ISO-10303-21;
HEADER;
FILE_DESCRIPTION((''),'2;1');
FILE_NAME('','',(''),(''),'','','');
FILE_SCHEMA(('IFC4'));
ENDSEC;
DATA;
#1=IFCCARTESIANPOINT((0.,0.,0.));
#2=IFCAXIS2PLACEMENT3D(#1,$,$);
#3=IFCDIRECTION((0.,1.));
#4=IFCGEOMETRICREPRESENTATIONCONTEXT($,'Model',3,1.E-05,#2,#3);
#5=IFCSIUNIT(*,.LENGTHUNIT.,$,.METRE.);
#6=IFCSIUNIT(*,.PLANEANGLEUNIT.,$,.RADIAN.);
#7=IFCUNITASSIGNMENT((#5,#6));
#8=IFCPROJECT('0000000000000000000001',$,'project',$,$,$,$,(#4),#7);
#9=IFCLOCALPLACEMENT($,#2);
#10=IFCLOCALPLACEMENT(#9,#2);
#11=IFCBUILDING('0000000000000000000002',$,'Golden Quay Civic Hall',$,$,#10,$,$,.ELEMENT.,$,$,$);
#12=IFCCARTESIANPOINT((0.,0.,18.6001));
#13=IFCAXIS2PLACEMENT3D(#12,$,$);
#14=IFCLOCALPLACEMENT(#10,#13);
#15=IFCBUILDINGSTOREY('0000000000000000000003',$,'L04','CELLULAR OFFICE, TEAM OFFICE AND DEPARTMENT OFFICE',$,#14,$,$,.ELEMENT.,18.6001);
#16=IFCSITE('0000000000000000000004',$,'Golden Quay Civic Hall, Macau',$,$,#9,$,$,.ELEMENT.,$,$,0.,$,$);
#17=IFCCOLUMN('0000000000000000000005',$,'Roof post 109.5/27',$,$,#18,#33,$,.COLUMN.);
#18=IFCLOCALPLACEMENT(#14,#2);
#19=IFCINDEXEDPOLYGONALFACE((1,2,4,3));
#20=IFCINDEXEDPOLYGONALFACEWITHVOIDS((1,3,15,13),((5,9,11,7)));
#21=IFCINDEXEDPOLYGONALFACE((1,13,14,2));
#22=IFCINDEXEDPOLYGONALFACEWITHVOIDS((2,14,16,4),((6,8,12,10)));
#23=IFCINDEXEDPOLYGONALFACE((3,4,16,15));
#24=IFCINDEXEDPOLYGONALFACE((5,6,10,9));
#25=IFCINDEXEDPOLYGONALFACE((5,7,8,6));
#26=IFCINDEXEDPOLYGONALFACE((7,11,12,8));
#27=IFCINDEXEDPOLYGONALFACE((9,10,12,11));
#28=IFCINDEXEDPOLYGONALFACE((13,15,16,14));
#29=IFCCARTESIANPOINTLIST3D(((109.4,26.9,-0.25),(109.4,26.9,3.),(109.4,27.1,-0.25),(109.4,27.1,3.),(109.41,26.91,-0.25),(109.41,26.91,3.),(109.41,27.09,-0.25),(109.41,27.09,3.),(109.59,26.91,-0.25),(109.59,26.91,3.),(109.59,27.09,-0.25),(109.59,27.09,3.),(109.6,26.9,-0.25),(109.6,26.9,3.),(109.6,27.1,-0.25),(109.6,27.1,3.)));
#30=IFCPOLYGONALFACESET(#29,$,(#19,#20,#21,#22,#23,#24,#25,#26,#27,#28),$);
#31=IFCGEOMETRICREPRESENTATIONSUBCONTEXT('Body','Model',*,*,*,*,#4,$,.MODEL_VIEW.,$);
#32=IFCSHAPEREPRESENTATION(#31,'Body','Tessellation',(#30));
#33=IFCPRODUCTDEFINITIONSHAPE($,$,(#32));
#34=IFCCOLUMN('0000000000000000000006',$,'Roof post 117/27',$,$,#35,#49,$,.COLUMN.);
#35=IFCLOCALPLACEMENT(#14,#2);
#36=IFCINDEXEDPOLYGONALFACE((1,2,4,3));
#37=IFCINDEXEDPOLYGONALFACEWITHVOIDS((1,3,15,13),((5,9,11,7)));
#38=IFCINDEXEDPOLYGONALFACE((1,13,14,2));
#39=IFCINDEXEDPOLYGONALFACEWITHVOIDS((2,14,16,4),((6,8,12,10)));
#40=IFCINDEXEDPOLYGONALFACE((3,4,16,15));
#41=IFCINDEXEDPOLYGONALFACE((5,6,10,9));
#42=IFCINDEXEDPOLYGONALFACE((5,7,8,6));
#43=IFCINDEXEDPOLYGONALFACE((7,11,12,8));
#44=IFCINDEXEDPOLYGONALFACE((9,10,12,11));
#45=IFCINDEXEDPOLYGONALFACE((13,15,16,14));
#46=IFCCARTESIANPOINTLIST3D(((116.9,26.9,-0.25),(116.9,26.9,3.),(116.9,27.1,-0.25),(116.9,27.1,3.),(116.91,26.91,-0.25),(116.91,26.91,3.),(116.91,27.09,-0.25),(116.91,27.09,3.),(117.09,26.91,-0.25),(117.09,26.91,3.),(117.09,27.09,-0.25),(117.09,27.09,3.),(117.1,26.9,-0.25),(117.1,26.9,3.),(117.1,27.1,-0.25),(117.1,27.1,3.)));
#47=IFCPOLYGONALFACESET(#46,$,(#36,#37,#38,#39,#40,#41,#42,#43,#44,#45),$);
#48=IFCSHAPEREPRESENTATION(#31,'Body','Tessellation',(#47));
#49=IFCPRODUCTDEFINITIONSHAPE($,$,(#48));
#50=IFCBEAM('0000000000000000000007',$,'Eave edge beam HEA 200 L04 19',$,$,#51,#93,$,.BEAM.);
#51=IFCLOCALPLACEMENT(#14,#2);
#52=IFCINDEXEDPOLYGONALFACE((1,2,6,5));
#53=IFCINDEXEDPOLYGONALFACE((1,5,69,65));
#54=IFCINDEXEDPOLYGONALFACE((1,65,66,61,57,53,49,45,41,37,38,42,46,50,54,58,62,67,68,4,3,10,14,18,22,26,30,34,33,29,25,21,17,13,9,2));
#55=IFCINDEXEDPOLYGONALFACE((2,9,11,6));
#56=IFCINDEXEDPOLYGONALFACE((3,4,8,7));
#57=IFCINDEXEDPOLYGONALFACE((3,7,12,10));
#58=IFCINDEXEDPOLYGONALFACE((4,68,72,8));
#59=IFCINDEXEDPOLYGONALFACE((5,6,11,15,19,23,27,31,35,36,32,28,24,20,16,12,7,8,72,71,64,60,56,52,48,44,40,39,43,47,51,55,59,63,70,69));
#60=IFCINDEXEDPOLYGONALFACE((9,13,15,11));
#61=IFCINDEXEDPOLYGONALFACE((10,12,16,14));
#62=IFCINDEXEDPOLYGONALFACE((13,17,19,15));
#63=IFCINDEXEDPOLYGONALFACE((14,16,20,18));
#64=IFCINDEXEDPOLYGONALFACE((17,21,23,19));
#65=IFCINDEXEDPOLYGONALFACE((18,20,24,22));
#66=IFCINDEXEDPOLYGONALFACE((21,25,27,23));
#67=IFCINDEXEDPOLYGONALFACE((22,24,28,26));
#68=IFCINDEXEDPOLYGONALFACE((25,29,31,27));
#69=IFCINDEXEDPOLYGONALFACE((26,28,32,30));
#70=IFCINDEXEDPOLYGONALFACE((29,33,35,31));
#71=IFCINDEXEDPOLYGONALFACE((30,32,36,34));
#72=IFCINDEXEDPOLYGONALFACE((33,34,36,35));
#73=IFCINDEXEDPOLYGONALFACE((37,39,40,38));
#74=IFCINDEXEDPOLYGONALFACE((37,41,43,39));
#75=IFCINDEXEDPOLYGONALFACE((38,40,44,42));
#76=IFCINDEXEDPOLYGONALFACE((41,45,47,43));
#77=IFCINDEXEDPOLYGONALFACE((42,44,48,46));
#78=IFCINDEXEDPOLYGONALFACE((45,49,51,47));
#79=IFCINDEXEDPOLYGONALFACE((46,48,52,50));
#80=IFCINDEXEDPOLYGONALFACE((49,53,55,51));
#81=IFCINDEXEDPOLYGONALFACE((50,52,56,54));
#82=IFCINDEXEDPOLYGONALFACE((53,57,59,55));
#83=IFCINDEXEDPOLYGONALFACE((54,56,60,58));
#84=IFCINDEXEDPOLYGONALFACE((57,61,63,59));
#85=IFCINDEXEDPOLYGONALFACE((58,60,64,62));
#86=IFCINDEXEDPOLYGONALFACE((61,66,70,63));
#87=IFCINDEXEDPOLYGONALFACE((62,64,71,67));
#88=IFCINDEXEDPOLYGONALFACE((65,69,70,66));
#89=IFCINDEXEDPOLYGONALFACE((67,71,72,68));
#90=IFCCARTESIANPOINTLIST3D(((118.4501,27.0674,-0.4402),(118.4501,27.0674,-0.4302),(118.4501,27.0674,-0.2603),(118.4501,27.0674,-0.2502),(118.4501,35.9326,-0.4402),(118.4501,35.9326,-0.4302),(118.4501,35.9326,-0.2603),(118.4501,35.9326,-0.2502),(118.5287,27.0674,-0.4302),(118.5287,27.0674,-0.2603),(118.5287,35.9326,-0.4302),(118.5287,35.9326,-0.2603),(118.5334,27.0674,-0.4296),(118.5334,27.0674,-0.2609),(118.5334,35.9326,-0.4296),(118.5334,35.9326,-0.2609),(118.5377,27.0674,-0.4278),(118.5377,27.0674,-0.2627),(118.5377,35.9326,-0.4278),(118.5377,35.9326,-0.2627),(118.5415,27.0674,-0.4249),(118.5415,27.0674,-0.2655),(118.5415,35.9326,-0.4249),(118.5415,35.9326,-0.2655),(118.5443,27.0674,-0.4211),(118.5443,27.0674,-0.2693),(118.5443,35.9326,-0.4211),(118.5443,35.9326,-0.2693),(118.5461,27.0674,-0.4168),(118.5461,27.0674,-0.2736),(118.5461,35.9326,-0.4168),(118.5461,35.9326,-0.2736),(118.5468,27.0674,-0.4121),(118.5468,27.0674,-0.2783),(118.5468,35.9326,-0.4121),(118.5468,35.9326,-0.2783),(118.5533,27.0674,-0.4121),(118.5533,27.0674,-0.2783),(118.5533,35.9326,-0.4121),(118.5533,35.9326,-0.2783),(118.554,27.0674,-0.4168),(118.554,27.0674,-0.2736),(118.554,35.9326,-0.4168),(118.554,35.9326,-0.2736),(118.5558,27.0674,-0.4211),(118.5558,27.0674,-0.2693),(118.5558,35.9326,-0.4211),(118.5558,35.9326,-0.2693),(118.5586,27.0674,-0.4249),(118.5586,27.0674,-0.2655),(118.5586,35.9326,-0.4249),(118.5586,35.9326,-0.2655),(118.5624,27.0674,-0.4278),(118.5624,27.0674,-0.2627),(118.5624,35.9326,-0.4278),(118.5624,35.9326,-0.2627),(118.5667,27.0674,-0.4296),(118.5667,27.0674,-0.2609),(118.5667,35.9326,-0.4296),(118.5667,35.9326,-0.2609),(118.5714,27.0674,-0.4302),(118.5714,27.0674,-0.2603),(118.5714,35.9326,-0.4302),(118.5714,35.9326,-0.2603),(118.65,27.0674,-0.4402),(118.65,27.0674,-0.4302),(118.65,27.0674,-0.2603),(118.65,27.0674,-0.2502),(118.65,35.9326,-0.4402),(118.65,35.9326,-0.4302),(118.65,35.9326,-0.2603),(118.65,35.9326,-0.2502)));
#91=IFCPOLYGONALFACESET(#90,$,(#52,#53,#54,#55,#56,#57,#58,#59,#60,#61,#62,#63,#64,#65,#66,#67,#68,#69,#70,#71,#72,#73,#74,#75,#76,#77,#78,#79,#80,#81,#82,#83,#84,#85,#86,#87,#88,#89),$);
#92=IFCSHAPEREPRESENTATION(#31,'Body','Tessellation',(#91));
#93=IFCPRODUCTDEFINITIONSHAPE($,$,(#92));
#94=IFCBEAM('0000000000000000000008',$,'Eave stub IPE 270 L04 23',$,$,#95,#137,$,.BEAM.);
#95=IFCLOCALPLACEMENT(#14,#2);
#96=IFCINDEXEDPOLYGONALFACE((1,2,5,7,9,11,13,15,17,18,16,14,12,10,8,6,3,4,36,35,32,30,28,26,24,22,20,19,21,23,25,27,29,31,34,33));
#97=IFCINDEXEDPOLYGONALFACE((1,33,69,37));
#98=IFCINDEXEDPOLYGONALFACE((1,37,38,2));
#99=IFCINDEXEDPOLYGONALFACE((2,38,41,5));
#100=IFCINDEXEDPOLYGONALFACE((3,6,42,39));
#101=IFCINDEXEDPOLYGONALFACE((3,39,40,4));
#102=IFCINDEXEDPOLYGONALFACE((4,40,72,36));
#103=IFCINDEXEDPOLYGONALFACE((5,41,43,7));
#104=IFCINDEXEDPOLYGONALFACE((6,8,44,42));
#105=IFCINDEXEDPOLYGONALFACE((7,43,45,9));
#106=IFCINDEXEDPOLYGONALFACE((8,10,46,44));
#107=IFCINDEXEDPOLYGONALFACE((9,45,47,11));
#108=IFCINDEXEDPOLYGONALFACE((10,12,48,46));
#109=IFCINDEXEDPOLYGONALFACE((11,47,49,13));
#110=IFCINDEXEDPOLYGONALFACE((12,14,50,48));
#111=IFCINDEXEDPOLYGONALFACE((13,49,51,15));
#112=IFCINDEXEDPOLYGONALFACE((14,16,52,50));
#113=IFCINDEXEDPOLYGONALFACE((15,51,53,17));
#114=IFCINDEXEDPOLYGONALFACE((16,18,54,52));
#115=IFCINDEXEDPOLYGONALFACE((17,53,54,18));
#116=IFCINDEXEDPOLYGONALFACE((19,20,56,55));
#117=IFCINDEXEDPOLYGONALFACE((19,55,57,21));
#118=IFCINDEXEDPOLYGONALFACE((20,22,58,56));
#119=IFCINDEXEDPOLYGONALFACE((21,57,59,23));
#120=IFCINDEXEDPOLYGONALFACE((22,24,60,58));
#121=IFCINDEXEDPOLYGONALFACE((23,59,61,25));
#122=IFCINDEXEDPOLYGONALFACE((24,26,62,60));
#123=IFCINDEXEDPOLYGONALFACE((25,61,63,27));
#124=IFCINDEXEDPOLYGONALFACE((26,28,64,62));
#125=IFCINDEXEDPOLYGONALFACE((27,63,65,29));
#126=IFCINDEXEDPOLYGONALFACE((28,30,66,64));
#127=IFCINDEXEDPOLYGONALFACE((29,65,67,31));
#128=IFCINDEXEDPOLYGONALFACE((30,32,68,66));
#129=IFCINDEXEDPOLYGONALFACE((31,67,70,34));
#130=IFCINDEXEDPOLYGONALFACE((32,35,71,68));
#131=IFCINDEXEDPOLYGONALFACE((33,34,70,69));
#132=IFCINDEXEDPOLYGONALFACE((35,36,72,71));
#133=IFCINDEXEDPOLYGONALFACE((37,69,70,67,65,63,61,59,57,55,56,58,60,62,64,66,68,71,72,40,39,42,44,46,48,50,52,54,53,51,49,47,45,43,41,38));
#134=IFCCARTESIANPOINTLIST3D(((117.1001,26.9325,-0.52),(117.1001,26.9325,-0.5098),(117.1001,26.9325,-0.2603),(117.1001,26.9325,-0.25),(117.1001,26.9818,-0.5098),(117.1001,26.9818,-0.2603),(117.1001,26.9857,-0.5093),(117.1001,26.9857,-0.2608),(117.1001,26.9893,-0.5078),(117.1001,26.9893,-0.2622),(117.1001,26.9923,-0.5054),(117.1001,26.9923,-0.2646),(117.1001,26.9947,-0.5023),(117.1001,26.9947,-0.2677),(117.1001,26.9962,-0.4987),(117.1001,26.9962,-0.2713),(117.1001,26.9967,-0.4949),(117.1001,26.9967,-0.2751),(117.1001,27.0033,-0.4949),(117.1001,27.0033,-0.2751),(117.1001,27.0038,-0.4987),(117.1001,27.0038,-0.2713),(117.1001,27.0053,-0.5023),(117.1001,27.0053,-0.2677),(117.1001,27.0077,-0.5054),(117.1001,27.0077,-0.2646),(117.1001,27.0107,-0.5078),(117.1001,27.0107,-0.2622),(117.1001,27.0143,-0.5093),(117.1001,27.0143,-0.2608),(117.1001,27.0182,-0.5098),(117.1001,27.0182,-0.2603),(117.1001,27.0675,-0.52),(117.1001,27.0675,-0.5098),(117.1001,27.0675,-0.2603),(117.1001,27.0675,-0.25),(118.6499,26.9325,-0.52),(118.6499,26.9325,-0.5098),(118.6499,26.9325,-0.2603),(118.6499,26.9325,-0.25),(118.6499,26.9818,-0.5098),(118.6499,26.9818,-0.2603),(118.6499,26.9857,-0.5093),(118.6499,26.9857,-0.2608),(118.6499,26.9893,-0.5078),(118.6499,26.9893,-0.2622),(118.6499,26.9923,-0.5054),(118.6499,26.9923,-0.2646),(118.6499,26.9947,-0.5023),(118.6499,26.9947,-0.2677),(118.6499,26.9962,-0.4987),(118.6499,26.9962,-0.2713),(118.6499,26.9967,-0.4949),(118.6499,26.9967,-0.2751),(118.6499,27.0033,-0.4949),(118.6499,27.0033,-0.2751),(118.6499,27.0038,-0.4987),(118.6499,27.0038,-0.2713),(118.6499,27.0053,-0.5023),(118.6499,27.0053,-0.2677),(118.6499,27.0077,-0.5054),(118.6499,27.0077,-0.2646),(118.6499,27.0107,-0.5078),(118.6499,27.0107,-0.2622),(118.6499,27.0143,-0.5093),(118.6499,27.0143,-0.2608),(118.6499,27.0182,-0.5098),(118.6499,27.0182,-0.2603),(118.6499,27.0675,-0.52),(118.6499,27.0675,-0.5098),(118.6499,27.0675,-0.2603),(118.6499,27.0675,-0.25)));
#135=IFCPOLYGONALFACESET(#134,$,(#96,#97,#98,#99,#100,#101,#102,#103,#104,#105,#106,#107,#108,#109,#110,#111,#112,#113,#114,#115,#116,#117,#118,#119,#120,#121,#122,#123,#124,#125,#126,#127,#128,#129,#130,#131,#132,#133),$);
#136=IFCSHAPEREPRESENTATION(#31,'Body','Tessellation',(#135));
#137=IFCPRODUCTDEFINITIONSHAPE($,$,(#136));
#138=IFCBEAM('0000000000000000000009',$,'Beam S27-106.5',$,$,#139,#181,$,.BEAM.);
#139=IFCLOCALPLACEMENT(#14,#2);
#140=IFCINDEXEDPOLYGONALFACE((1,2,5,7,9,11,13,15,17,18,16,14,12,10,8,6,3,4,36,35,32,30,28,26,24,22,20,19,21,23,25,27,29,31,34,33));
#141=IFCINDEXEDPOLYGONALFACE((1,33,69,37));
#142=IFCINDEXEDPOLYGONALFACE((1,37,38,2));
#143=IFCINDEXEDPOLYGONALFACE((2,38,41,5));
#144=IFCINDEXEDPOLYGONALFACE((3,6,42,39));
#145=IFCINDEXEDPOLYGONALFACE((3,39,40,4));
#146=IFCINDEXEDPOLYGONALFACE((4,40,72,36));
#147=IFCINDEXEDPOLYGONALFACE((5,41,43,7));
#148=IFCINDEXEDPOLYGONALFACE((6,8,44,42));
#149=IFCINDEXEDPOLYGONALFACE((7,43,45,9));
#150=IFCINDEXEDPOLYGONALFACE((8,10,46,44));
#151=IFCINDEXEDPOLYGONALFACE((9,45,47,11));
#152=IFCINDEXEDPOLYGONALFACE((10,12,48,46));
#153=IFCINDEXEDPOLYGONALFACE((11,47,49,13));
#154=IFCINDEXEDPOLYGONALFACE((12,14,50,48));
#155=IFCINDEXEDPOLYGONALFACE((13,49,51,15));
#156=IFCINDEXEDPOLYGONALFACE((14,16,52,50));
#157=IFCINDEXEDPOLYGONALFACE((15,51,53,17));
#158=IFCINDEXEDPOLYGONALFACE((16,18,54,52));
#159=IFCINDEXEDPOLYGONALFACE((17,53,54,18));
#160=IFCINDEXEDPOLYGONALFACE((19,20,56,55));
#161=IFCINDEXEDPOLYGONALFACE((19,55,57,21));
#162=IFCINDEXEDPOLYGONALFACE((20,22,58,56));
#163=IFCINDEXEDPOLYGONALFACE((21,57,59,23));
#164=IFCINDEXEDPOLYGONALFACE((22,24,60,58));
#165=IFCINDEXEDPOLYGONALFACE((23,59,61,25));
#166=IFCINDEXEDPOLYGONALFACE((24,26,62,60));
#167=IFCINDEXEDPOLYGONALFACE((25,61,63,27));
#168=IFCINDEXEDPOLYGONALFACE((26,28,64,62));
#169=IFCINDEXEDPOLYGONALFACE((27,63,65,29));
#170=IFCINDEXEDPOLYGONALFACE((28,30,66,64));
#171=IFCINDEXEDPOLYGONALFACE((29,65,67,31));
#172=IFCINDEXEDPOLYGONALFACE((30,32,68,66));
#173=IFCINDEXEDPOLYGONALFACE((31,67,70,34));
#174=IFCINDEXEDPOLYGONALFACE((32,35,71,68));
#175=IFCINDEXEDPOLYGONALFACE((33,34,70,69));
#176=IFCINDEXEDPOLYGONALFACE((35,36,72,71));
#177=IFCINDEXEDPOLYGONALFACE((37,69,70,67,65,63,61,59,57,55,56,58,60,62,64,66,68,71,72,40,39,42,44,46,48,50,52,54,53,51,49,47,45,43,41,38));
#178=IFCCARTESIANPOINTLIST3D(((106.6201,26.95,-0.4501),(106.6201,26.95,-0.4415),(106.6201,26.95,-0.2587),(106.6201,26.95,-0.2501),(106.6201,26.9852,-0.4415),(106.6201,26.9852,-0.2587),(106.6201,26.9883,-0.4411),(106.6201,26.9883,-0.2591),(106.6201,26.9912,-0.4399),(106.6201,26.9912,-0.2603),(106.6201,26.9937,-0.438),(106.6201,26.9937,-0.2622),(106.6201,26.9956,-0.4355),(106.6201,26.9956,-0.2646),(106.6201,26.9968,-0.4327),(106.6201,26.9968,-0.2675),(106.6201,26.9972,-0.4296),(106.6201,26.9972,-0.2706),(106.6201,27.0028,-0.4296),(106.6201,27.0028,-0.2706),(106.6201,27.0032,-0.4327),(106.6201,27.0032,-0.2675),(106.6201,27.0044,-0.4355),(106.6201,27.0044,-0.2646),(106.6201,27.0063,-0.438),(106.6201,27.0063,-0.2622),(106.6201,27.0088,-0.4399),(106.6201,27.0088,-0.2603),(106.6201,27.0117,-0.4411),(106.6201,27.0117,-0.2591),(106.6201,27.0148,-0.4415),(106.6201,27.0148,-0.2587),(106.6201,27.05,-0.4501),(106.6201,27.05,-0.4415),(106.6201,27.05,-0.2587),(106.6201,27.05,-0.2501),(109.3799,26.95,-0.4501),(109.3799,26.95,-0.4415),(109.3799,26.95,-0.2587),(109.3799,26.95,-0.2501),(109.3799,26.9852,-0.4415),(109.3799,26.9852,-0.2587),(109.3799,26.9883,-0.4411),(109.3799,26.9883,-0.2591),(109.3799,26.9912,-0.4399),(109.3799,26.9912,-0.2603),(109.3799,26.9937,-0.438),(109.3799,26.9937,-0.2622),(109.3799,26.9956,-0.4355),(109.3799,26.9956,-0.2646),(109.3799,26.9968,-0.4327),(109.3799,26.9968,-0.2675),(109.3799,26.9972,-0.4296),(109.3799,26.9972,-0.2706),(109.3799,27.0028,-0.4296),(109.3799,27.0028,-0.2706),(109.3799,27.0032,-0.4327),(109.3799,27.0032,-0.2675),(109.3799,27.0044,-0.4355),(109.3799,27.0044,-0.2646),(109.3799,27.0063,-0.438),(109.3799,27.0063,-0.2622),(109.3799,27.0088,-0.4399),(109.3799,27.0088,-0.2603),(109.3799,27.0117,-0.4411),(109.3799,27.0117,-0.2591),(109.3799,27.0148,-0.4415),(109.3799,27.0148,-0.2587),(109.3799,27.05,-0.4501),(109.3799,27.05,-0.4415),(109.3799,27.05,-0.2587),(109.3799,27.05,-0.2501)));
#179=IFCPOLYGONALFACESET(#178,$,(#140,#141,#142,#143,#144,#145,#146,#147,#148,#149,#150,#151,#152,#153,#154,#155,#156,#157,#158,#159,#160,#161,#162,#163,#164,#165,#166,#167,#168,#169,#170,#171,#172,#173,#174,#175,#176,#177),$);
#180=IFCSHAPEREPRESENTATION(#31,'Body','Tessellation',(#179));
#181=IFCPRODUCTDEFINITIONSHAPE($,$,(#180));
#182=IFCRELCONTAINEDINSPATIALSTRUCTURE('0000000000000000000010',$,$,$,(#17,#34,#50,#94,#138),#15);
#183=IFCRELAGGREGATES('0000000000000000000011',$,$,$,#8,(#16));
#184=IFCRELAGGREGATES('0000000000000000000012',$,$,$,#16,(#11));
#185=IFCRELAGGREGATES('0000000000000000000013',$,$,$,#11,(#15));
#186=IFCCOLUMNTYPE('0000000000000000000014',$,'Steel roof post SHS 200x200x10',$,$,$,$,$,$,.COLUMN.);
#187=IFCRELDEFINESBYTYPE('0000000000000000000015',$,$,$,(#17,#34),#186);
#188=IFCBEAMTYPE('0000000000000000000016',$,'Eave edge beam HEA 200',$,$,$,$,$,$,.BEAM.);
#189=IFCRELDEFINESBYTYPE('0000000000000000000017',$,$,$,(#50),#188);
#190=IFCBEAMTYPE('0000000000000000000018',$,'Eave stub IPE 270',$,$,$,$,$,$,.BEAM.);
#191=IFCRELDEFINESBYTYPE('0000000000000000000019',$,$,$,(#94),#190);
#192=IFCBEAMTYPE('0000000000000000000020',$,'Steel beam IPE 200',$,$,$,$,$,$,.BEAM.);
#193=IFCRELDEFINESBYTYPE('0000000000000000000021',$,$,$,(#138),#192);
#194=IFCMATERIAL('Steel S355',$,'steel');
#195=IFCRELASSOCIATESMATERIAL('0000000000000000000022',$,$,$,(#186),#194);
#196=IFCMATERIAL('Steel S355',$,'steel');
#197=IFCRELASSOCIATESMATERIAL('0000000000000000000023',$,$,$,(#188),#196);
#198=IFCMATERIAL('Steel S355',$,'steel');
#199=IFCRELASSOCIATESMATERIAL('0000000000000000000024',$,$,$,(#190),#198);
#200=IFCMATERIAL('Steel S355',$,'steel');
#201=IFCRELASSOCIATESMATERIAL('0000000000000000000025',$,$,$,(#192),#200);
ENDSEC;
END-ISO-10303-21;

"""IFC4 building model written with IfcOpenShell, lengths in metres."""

from ifc_helpers import new_model, si_unit, direction, frame, origin, origin_2d, place, context, subcontext, project, spatial, hollow_rectangle, i_section, extrude, material, material_profile, profile_set, type_object, element, save


model = new_model("IFC4")

# Units and contexts
model_context = context("Model", 3, precision=1e-05, world=origin(), true_north=direction((0.0, 1.0)))
body_context = subcontext(model_context, "Body", "Model", "MODEL_VIEW")
ifc_project = project(units=[si_unit("LENGTHUNIT", "METRE"), si_unit("PLANEANGLEUNIT", "RADIAN")], contexts=[model_context])

# Site, building, storey
site_placement = place(None, origin())
site = spatial("IfcSite", under=ifc_project, at=site_placement, Name="Golden Quay Civic Hall, Macau", CompositionType="ELEMENT", RefElevation=0.0)
building_placement = place(site_placement, origin())
building = spatial("IfcBuilding", under=site, at=building_placement, Name="Golden Quay Civic Hall", CompositionType="ELEMENT")
storey_placement = place(building_placement, frame((0.0, 0.0, 18.6001)))
storey = spatial("IfcBuildingStorey", under=building, at=storey_placement, Name="L04", Description="CELLULAR OFFICE, TEAM OFFICE AND DEPARTMENT OFFICE", CompositionType="ELEMENT", Elevation=18.6001)

# Columns
ifc_material_1 = material(Name="Steel S355", Category="steel")
ifc_material_profile_1 = material_profile(ifc_material_1, hollow_rectangle(XDim=0.2, YDim=0.2, WallThickness=0.01, at=origin_2d()), Name="SHS 200x200x10")
ifc_profile_set_1 = profile_set([ifc_material_profile_1], Name="Steel S355")
column_type = type_object("IfcColumnType", Name="Steel roof post SHS 200x200x10", PredefinedType="COLUMN", material=ifc_profile_set_1)
for number, where, z_axis, x_axis, name in (
    (1, (109.5, 27.0, -0.25), (0.0, 0.0, 1.0), (1.0, 0.0, 0.0), "Roof post 109.5/27"),
    (2, (117.0, 27.0, -0.25), (0.0, 0.0, 1.0), (1.0, 0.0, 0.0), "Roof post 117/27"),
):
    element("IfcColumn", number, at=place(storey_placement, frame(where, z_axis=z_axis, x_axis=x_axis)), inside=storey, type_object=column_type, Name=name, PredefinedType="COLUMN", context=body_context, shape_type="SweptSolid", body=[
        extrude(hollow_rectangle(XDim=0.2, YDim=0.2, WallThickness=0.01, at=origin_2d()), origin(), (0.0, 0.0, 1.0), 3.25),
    ])

# Beams
ifc_material_2 = material(Name="Steel S355", Category="steel")
ifc_material_profile_2 = material_profile(ifc_material_2, i_section(OverallWidth=0.2, OverallDepth=0.1899, WebThickness=0.0066, FlangeThickness=0.01, FilletRadius=0.0181, at=origin_2d()), Name="HEA 200")
ifc_profile_set_2 = profile_set([ifc_material_profile_2], Name="Steel S355")
beam_type_1 = type_object("IfcBeamType", Name="Eave edge beam HEA 200", PredefinedType="BEAM", material=ifc_profile_set_2)
beam_1_placement = place(storey_placement, frame((118.55, 27.0674, -0.3452), z_axis=(0.0, 1.0, 0.0), x_axis=(-1.0, 0.0, 0.0)))
element("IfcBeam", 3, at=beam_1_placement, inside=storey, type_object=beam_type_1, Name="Eave edge beam HEA 200 L04 19", PredefinedType="BEAM", context=body_context, shape_type="SweptSolid", body=[
    extrude(i_section(OverallWidth=0.2, OverallDepth=0.1899, WebThickness=0.0066, FlangeThickness=0.01, FilletRadius=0.0181, at=origin_2d()), origin(), (0.0, 0.0, 1.0), 8.8652),
])
ifc_material_3 = material(Name="Steel S355", Category="steel")
ifc_material_profile_3 = material_profile(ifc_material_3, i_section(OverallWidth=0.135, OverallDepth=0.27, WebThickness=0.0066, FlangeThickness=0.0103, FilletRadius=0.0149, at=origin_2d()), Name="IPE 270")
ifc_profile_set_3 = profile_set([ifc_material_profile_3], Name="Steel S355")
beam_type_2 = type_object("IfcBeamType", Name="Eave stub IPE 270", PredefinedType="BEAM", material=ifc_profile_set_3)
beam_2_placement = place(storey_placement, frame((117.1001, 27.0, -0.385), z_axis=(1.0, 0.0, 0.0), x_axis=(0.0, 1.0, 0.0)))
element("IfcBeam", 4, at=beam_2_placement, inside=storey, type_object=beam_type_2, Name="Eave stub IPE 270 L04 23", PredefinedType="BEAM", context=body_context, shape_type="SweptSolid", body=[
    extrude(i_section(OverallWidth=0.135, OverallDepth=0.27, WebThickness=0.0066, FlangeThickness=0.0103, FilletRadius=0.0149, at=origin_2d()), origin(), (0.0, 0.0, 1.0), 1.5498),
])
ifc_material_4 = material(Name="Steel S355", Category="steel")
ifc_material_profile_4 = material_profile(ifc_material_4, i_section(OverallWidth=0.1001, OverallDepth=0.2, WebThickness=0.0056, FlangeThickness=0.0085, FilletRadius=0.012, at=origin_2d()), Name="IPE 200")
ifc_profile_set_4 = profile_set([ifc_material_profile_4], Name="Steel S355")
beam_type_3 = type_object("IfcBeamType", Name="Steel beam IPE 200", PredefinedType="BEAM", material=ifc_profile_set_4)
for number, where, z_axis, x_axis, name in (
    (5, (106.6201, 27.0, -0.3501), (1.0, 0.0, 0.0), (0.0, 1.0, 0.0), "Beam S27-106.5"),
):
    element("IfcBeam", number, at=place(storey_placement, frame(where, z_axis=z_axis, x_axis=x_axis)), inside=storey, type_object=beam_type_3, Name=name, PredefinedType="BEAM", context=body_context, shape_type="SweptSolid", body=[
        extrude(i_section(OverallWidth=0.1001, OverallDepth=0.2, WebThickness=0.0056, FlangeThickness=0.0085, FilletRadius=0.012, at=origin_2d()), origin(), (0.0, 0.0, 1.0), 2.7598),
    ])

save(model, "model.ifc")
